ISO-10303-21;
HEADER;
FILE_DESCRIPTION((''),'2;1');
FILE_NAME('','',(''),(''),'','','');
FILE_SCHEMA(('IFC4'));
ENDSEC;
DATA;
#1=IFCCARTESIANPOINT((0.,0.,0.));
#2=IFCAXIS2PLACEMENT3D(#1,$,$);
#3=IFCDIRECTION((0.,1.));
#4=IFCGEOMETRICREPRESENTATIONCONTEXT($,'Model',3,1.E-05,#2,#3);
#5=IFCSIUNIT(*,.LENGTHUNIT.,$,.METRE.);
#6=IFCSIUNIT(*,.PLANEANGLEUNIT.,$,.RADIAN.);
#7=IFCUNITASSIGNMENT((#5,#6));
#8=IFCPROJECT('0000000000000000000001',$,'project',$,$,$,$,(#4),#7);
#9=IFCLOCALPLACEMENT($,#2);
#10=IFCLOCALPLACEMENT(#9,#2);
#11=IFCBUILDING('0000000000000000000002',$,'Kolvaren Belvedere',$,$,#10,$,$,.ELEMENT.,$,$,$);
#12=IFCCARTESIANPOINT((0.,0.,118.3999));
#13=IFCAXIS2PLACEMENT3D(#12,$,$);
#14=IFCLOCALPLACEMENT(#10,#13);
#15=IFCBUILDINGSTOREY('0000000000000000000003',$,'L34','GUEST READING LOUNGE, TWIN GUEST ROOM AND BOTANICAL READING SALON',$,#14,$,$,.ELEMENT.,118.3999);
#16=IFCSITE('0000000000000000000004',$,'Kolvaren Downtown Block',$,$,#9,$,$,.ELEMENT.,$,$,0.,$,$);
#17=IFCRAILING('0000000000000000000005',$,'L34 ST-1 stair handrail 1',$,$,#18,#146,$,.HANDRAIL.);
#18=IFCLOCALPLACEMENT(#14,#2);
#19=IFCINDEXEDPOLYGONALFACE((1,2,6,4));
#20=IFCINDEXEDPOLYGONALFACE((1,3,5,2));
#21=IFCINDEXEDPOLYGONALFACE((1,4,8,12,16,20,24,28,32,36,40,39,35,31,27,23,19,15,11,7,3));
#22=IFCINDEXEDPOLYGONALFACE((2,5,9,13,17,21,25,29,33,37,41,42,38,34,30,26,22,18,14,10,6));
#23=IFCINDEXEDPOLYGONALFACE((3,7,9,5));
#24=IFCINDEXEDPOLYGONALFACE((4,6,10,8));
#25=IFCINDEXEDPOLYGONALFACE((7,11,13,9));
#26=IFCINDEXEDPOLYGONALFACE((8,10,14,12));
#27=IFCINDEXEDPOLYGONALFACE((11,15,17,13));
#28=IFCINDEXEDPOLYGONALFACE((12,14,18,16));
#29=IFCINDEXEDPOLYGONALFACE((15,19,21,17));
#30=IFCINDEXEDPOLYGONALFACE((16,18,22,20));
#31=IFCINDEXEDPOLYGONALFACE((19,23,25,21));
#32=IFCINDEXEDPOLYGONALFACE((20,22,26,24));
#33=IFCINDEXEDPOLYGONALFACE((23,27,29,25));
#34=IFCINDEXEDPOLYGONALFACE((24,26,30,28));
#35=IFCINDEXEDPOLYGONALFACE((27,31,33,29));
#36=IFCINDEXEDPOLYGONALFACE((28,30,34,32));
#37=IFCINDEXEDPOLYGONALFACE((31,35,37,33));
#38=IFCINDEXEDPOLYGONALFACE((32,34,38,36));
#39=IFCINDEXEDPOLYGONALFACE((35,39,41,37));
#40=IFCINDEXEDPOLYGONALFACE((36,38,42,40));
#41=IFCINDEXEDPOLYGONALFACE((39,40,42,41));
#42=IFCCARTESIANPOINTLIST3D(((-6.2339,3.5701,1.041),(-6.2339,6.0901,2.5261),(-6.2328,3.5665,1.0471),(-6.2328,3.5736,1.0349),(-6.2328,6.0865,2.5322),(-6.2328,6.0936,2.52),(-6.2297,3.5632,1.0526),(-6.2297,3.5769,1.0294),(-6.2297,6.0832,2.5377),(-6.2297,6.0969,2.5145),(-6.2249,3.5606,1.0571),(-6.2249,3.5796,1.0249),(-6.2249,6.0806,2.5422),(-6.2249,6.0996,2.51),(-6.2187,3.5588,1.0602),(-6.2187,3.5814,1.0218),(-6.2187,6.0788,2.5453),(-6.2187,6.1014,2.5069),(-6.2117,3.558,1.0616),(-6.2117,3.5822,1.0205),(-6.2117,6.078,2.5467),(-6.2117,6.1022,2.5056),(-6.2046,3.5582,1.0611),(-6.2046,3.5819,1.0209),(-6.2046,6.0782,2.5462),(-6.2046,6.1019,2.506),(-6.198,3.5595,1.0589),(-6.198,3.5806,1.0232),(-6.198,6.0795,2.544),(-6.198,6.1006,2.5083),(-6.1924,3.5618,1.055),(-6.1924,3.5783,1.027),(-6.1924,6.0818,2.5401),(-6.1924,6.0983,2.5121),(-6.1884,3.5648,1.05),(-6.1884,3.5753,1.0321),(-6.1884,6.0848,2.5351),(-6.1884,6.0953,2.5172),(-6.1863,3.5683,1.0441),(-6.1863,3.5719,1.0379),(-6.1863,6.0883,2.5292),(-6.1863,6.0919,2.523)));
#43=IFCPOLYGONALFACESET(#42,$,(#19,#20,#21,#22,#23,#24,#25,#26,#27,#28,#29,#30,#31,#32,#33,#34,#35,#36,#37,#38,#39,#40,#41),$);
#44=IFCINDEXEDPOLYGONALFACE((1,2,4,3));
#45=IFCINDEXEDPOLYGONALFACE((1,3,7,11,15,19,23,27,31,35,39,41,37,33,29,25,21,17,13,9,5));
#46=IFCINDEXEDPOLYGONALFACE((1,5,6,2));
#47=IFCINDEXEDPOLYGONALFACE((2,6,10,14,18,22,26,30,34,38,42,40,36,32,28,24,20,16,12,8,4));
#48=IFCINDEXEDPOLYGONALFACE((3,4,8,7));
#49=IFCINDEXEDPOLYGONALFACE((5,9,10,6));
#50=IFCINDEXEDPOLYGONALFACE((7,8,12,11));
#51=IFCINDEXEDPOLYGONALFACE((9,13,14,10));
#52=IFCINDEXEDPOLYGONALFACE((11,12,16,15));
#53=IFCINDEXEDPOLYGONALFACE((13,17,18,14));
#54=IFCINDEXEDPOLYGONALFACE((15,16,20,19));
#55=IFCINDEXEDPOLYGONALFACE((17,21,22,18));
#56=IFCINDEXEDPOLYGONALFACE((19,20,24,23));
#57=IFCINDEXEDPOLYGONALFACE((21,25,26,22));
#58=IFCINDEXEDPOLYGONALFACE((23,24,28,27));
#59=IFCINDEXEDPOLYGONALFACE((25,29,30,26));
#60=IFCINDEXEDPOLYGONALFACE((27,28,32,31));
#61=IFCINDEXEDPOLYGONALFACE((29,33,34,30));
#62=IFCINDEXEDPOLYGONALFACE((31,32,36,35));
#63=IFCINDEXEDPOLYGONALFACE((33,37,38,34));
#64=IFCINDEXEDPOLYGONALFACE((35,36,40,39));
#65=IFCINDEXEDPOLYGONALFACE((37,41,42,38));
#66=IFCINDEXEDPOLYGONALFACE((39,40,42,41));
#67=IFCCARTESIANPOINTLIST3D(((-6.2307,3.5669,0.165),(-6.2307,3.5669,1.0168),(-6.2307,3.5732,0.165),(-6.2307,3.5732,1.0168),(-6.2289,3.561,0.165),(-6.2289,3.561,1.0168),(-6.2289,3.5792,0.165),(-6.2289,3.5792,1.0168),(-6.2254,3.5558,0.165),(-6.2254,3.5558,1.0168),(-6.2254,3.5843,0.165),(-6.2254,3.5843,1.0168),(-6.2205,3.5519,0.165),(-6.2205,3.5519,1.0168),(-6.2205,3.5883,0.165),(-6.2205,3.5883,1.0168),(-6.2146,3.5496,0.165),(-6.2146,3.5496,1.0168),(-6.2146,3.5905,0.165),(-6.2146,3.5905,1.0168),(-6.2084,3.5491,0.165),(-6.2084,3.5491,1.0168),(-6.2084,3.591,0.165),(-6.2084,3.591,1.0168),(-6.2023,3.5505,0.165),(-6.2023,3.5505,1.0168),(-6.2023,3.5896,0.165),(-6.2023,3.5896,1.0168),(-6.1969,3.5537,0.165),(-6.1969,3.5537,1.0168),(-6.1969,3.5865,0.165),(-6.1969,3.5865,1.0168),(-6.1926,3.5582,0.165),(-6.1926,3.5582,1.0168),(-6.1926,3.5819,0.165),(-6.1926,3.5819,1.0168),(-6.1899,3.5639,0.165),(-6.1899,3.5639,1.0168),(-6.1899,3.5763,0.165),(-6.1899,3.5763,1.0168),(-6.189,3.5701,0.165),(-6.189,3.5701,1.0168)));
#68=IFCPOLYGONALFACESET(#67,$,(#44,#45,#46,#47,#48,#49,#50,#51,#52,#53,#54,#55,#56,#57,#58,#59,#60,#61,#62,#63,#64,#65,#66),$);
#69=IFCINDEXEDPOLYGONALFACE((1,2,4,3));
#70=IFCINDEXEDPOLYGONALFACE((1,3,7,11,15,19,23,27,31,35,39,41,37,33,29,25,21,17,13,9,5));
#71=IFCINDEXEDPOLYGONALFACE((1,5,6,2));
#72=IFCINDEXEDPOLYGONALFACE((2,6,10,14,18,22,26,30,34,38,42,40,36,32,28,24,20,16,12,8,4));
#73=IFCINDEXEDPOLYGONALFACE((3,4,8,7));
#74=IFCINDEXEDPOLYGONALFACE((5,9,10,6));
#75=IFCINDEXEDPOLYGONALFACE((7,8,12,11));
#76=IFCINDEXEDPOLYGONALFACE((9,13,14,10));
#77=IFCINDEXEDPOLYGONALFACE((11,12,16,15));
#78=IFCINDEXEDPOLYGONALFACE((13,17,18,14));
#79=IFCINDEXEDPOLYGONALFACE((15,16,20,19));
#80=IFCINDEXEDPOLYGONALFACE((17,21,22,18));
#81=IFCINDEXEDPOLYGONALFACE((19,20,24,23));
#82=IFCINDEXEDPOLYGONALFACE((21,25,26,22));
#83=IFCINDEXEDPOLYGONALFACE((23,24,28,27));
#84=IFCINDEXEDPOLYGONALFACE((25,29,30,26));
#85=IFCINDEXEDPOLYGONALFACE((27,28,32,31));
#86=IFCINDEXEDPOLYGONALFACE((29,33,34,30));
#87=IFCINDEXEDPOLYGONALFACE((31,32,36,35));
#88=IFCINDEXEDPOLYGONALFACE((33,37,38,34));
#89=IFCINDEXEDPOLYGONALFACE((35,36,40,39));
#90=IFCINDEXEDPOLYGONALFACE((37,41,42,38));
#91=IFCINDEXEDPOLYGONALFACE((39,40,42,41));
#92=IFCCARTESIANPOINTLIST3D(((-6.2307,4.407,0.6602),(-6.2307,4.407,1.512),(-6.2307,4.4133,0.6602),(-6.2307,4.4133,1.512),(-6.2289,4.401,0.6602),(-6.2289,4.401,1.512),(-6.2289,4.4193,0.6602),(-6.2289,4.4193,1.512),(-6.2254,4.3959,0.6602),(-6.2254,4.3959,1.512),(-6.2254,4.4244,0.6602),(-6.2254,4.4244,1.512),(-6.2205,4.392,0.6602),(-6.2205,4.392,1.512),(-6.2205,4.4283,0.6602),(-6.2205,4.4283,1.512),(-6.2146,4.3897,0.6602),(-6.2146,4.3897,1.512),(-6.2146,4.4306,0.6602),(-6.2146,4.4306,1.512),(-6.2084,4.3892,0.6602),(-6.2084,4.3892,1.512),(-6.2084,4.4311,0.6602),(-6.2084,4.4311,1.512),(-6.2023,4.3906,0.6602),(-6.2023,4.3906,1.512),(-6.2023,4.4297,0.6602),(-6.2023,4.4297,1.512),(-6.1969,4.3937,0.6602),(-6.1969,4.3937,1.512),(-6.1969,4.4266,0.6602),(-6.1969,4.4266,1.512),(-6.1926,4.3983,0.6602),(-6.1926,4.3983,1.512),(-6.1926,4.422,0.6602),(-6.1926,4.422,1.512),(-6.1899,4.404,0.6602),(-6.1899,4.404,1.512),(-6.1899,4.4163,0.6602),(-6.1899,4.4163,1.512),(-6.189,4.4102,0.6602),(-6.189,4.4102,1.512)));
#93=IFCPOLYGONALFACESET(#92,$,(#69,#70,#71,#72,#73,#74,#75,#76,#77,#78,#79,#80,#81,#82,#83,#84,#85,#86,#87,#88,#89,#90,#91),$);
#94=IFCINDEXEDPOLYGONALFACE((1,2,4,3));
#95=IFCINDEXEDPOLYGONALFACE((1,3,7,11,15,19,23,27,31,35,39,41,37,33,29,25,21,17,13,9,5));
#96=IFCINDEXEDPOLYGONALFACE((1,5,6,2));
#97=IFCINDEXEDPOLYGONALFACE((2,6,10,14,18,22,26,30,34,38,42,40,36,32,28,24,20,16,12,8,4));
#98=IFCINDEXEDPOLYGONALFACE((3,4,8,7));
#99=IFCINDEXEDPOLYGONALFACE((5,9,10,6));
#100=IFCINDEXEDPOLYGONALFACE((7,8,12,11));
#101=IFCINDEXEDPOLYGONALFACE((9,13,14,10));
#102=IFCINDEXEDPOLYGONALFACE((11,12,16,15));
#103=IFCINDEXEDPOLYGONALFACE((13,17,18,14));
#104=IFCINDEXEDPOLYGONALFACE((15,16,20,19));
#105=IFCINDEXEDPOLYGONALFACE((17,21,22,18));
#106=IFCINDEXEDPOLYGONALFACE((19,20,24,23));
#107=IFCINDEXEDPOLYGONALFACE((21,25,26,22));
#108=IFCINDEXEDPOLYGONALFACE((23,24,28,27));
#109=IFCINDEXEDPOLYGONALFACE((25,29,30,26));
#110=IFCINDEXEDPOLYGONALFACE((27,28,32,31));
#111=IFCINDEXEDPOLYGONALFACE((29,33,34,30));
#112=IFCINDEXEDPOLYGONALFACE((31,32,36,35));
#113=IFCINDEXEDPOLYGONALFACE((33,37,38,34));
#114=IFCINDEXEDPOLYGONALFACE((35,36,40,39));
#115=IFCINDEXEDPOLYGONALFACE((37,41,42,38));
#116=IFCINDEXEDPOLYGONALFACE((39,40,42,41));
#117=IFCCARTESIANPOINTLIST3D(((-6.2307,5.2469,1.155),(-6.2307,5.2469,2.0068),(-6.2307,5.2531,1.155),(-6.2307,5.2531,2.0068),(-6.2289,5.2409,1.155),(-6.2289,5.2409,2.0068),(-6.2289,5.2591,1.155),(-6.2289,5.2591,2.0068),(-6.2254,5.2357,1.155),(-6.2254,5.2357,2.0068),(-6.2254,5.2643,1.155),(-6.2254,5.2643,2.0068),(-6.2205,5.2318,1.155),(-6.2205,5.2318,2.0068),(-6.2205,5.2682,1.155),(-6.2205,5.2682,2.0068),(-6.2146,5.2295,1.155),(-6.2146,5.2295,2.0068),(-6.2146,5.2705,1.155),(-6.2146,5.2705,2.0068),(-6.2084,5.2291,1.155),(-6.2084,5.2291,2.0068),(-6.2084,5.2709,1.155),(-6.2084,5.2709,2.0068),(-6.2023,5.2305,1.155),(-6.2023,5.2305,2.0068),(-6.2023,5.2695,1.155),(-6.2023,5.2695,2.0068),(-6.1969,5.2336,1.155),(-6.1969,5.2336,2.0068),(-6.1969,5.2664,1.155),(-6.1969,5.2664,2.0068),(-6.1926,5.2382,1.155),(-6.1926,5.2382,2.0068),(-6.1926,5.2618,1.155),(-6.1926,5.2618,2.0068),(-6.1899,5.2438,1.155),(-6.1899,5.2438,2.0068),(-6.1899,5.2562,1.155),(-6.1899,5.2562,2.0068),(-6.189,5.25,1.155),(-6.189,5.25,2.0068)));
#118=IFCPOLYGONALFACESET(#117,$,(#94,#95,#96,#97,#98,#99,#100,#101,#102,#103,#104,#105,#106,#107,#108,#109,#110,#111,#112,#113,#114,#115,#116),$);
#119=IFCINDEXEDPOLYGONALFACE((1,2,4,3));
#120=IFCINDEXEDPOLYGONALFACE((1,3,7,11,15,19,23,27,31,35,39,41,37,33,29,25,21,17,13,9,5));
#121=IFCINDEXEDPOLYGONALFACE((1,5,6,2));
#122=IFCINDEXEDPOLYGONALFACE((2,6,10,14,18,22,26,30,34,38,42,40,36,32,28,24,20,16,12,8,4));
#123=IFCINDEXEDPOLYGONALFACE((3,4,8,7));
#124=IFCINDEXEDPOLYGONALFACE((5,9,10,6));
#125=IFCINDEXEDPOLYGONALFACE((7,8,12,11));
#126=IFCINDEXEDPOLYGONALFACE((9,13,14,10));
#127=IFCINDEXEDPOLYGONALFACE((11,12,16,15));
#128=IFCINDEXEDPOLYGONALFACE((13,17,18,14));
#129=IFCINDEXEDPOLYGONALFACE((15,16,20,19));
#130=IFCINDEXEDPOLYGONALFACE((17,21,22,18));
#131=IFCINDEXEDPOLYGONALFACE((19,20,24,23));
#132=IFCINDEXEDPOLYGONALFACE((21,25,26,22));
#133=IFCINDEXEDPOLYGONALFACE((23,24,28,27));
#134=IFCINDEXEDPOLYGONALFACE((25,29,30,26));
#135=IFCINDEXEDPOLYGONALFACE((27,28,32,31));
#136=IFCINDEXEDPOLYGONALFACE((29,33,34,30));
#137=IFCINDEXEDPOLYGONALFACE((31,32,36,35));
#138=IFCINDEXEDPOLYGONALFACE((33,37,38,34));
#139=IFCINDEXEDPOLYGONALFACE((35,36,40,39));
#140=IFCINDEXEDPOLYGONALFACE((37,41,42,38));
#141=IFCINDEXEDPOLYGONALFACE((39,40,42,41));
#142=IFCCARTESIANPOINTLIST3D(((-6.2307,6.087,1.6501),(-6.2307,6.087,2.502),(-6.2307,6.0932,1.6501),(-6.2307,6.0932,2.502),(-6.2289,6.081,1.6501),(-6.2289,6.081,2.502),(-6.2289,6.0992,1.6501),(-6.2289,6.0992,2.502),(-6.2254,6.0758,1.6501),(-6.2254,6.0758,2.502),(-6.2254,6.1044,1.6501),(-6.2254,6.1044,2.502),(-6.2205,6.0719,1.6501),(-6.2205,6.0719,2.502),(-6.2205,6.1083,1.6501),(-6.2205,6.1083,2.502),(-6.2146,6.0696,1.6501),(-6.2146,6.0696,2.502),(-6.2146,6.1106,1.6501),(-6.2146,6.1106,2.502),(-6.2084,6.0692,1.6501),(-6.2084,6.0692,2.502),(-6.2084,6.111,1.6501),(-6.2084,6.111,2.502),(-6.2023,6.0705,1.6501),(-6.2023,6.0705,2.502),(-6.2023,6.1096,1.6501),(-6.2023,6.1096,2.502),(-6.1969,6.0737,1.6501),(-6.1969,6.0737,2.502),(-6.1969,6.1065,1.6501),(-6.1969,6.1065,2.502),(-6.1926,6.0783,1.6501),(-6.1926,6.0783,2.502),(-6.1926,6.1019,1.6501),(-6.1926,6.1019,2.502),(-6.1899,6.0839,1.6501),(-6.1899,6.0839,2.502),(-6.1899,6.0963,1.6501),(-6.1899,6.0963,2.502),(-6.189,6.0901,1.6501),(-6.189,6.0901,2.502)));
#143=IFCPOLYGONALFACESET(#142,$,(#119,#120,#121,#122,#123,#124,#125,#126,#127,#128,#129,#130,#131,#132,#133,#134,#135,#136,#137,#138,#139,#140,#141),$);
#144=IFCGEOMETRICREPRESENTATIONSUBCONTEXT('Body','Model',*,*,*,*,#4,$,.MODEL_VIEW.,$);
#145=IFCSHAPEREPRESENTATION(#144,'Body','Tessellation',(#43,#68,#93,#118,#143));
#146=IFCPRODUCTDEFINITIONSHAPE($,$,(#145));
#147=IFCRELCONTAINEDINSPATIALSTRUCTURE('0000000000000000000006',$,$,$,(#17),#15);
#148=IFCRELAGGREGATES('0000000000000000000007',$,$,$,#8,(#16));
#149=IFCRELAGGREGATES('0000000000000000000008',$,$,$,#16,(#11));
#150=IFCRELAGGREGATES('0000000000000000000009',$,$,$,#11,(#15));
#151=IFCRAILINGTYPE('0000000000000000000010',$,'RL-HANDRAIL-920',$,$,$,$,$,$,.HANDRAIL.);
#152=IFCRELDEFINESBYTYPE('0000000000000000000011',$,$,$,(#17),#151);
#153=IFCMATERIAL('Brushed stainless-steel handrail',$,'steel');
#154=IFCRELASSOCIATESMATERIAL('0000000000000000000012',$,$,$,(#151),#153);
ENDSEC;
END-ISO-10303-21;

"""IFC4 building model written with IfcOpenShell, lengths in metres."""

from ifc_helpers import new_model, si_unit, direction, frame, origin, origin_2d, place, context, subcontext, project, spatial, circle, extrude, material, type_object, element, save


model = new_model("IFC4")

# Units and contexts
model_context = context("Model", 3, precision=1e-05, world=origin(), true_north=direction((0.0, 1.0)))
body_context = subcontext(model_context, "Body", "Model", "MODEL_VIEW")
ifc_project = project(units=[si_unit("LENGTHUNIT", "METRE"), si_unit("PLANEANGLEUNIT", "RADIAN")], contexts=[model_context])

# Site, building, storey
site_placement = place(None, origin())
site = spatial("IfcSite", under=ifc_project, at=site_placement, Name="Kolvaren Downtown Block", CompositionType="ELEMENT", RefElevation=0.0)
building_placement = place(site_placement, origin())
building = spatial("IfcBuilding", under=site, at=building_placement, Name="Kolvaren Belvedere", CompositionType="ELEMENT")
storey_placement = place(building_placement, frame((0.0, 0.0, 118.3999)))
storey = spatial("IfcBuildingStorey", under=building, at=storey_placement, Name="L34", Description="GUEST READING LOUNGE, TWIN GUEST ROOM AND BOTANICAL READING SALON", CompositionType="ELEMENT", Elevation=118.3999)

# Railing
ifc_material_1 = material(Name="Brushed stainless-steel handrail", Category="steel")
railing_type_1 = type_object("IfcRailingType", Name="RL-HANDRAIL-920", PredefinedType="HANDRAIL", material=ifc_material_1)
railing_1_placement = place(storey_placement, frame((-6.21, 3.5701, 0.165)))
element("IfcRailing", 1, at=railing_1_placement, inside=storey, type_object=railing_type_1, Name="L34 ST-1 stair handrail 1", PredefinedType="HANDRAIL", context=body_context, shape_type="SweptSolid", body=[
    extrude(circle(Radius=0.0239, at=origin_2d()), frame((0.0, 0.0, 0.876), z_axis=(0.0, 0.861524, 0.507717), x_axis=(-1.0, 0.0, 0.0)), (0.0, 0.0, 1.0), 2.925),
    extrude(circle(Radius=0.021, at=origin_2d()), origin(), (0.0, 0.0, 1.0), 0.8518),
    extrude(circle(Radius=0.021, at=origin_2d()), frame((0.0, 0.8401, 0.4951)), (0.0, 0.0, 1.0), 0.8518),
    extrude(circle(Radius=0.021, at=origin_2d()), frame((0.0, 1.6799, 0.99)), (0.0, 0.0, 1.0), 0.8518),
    extrude(circle(Radius=0.021, at=origin_2d()), frame((0.0, 2.52, 1.4851)), (0.0, 0.0, 1.0), 0.8518),
])

save(model, "model.ifc")
